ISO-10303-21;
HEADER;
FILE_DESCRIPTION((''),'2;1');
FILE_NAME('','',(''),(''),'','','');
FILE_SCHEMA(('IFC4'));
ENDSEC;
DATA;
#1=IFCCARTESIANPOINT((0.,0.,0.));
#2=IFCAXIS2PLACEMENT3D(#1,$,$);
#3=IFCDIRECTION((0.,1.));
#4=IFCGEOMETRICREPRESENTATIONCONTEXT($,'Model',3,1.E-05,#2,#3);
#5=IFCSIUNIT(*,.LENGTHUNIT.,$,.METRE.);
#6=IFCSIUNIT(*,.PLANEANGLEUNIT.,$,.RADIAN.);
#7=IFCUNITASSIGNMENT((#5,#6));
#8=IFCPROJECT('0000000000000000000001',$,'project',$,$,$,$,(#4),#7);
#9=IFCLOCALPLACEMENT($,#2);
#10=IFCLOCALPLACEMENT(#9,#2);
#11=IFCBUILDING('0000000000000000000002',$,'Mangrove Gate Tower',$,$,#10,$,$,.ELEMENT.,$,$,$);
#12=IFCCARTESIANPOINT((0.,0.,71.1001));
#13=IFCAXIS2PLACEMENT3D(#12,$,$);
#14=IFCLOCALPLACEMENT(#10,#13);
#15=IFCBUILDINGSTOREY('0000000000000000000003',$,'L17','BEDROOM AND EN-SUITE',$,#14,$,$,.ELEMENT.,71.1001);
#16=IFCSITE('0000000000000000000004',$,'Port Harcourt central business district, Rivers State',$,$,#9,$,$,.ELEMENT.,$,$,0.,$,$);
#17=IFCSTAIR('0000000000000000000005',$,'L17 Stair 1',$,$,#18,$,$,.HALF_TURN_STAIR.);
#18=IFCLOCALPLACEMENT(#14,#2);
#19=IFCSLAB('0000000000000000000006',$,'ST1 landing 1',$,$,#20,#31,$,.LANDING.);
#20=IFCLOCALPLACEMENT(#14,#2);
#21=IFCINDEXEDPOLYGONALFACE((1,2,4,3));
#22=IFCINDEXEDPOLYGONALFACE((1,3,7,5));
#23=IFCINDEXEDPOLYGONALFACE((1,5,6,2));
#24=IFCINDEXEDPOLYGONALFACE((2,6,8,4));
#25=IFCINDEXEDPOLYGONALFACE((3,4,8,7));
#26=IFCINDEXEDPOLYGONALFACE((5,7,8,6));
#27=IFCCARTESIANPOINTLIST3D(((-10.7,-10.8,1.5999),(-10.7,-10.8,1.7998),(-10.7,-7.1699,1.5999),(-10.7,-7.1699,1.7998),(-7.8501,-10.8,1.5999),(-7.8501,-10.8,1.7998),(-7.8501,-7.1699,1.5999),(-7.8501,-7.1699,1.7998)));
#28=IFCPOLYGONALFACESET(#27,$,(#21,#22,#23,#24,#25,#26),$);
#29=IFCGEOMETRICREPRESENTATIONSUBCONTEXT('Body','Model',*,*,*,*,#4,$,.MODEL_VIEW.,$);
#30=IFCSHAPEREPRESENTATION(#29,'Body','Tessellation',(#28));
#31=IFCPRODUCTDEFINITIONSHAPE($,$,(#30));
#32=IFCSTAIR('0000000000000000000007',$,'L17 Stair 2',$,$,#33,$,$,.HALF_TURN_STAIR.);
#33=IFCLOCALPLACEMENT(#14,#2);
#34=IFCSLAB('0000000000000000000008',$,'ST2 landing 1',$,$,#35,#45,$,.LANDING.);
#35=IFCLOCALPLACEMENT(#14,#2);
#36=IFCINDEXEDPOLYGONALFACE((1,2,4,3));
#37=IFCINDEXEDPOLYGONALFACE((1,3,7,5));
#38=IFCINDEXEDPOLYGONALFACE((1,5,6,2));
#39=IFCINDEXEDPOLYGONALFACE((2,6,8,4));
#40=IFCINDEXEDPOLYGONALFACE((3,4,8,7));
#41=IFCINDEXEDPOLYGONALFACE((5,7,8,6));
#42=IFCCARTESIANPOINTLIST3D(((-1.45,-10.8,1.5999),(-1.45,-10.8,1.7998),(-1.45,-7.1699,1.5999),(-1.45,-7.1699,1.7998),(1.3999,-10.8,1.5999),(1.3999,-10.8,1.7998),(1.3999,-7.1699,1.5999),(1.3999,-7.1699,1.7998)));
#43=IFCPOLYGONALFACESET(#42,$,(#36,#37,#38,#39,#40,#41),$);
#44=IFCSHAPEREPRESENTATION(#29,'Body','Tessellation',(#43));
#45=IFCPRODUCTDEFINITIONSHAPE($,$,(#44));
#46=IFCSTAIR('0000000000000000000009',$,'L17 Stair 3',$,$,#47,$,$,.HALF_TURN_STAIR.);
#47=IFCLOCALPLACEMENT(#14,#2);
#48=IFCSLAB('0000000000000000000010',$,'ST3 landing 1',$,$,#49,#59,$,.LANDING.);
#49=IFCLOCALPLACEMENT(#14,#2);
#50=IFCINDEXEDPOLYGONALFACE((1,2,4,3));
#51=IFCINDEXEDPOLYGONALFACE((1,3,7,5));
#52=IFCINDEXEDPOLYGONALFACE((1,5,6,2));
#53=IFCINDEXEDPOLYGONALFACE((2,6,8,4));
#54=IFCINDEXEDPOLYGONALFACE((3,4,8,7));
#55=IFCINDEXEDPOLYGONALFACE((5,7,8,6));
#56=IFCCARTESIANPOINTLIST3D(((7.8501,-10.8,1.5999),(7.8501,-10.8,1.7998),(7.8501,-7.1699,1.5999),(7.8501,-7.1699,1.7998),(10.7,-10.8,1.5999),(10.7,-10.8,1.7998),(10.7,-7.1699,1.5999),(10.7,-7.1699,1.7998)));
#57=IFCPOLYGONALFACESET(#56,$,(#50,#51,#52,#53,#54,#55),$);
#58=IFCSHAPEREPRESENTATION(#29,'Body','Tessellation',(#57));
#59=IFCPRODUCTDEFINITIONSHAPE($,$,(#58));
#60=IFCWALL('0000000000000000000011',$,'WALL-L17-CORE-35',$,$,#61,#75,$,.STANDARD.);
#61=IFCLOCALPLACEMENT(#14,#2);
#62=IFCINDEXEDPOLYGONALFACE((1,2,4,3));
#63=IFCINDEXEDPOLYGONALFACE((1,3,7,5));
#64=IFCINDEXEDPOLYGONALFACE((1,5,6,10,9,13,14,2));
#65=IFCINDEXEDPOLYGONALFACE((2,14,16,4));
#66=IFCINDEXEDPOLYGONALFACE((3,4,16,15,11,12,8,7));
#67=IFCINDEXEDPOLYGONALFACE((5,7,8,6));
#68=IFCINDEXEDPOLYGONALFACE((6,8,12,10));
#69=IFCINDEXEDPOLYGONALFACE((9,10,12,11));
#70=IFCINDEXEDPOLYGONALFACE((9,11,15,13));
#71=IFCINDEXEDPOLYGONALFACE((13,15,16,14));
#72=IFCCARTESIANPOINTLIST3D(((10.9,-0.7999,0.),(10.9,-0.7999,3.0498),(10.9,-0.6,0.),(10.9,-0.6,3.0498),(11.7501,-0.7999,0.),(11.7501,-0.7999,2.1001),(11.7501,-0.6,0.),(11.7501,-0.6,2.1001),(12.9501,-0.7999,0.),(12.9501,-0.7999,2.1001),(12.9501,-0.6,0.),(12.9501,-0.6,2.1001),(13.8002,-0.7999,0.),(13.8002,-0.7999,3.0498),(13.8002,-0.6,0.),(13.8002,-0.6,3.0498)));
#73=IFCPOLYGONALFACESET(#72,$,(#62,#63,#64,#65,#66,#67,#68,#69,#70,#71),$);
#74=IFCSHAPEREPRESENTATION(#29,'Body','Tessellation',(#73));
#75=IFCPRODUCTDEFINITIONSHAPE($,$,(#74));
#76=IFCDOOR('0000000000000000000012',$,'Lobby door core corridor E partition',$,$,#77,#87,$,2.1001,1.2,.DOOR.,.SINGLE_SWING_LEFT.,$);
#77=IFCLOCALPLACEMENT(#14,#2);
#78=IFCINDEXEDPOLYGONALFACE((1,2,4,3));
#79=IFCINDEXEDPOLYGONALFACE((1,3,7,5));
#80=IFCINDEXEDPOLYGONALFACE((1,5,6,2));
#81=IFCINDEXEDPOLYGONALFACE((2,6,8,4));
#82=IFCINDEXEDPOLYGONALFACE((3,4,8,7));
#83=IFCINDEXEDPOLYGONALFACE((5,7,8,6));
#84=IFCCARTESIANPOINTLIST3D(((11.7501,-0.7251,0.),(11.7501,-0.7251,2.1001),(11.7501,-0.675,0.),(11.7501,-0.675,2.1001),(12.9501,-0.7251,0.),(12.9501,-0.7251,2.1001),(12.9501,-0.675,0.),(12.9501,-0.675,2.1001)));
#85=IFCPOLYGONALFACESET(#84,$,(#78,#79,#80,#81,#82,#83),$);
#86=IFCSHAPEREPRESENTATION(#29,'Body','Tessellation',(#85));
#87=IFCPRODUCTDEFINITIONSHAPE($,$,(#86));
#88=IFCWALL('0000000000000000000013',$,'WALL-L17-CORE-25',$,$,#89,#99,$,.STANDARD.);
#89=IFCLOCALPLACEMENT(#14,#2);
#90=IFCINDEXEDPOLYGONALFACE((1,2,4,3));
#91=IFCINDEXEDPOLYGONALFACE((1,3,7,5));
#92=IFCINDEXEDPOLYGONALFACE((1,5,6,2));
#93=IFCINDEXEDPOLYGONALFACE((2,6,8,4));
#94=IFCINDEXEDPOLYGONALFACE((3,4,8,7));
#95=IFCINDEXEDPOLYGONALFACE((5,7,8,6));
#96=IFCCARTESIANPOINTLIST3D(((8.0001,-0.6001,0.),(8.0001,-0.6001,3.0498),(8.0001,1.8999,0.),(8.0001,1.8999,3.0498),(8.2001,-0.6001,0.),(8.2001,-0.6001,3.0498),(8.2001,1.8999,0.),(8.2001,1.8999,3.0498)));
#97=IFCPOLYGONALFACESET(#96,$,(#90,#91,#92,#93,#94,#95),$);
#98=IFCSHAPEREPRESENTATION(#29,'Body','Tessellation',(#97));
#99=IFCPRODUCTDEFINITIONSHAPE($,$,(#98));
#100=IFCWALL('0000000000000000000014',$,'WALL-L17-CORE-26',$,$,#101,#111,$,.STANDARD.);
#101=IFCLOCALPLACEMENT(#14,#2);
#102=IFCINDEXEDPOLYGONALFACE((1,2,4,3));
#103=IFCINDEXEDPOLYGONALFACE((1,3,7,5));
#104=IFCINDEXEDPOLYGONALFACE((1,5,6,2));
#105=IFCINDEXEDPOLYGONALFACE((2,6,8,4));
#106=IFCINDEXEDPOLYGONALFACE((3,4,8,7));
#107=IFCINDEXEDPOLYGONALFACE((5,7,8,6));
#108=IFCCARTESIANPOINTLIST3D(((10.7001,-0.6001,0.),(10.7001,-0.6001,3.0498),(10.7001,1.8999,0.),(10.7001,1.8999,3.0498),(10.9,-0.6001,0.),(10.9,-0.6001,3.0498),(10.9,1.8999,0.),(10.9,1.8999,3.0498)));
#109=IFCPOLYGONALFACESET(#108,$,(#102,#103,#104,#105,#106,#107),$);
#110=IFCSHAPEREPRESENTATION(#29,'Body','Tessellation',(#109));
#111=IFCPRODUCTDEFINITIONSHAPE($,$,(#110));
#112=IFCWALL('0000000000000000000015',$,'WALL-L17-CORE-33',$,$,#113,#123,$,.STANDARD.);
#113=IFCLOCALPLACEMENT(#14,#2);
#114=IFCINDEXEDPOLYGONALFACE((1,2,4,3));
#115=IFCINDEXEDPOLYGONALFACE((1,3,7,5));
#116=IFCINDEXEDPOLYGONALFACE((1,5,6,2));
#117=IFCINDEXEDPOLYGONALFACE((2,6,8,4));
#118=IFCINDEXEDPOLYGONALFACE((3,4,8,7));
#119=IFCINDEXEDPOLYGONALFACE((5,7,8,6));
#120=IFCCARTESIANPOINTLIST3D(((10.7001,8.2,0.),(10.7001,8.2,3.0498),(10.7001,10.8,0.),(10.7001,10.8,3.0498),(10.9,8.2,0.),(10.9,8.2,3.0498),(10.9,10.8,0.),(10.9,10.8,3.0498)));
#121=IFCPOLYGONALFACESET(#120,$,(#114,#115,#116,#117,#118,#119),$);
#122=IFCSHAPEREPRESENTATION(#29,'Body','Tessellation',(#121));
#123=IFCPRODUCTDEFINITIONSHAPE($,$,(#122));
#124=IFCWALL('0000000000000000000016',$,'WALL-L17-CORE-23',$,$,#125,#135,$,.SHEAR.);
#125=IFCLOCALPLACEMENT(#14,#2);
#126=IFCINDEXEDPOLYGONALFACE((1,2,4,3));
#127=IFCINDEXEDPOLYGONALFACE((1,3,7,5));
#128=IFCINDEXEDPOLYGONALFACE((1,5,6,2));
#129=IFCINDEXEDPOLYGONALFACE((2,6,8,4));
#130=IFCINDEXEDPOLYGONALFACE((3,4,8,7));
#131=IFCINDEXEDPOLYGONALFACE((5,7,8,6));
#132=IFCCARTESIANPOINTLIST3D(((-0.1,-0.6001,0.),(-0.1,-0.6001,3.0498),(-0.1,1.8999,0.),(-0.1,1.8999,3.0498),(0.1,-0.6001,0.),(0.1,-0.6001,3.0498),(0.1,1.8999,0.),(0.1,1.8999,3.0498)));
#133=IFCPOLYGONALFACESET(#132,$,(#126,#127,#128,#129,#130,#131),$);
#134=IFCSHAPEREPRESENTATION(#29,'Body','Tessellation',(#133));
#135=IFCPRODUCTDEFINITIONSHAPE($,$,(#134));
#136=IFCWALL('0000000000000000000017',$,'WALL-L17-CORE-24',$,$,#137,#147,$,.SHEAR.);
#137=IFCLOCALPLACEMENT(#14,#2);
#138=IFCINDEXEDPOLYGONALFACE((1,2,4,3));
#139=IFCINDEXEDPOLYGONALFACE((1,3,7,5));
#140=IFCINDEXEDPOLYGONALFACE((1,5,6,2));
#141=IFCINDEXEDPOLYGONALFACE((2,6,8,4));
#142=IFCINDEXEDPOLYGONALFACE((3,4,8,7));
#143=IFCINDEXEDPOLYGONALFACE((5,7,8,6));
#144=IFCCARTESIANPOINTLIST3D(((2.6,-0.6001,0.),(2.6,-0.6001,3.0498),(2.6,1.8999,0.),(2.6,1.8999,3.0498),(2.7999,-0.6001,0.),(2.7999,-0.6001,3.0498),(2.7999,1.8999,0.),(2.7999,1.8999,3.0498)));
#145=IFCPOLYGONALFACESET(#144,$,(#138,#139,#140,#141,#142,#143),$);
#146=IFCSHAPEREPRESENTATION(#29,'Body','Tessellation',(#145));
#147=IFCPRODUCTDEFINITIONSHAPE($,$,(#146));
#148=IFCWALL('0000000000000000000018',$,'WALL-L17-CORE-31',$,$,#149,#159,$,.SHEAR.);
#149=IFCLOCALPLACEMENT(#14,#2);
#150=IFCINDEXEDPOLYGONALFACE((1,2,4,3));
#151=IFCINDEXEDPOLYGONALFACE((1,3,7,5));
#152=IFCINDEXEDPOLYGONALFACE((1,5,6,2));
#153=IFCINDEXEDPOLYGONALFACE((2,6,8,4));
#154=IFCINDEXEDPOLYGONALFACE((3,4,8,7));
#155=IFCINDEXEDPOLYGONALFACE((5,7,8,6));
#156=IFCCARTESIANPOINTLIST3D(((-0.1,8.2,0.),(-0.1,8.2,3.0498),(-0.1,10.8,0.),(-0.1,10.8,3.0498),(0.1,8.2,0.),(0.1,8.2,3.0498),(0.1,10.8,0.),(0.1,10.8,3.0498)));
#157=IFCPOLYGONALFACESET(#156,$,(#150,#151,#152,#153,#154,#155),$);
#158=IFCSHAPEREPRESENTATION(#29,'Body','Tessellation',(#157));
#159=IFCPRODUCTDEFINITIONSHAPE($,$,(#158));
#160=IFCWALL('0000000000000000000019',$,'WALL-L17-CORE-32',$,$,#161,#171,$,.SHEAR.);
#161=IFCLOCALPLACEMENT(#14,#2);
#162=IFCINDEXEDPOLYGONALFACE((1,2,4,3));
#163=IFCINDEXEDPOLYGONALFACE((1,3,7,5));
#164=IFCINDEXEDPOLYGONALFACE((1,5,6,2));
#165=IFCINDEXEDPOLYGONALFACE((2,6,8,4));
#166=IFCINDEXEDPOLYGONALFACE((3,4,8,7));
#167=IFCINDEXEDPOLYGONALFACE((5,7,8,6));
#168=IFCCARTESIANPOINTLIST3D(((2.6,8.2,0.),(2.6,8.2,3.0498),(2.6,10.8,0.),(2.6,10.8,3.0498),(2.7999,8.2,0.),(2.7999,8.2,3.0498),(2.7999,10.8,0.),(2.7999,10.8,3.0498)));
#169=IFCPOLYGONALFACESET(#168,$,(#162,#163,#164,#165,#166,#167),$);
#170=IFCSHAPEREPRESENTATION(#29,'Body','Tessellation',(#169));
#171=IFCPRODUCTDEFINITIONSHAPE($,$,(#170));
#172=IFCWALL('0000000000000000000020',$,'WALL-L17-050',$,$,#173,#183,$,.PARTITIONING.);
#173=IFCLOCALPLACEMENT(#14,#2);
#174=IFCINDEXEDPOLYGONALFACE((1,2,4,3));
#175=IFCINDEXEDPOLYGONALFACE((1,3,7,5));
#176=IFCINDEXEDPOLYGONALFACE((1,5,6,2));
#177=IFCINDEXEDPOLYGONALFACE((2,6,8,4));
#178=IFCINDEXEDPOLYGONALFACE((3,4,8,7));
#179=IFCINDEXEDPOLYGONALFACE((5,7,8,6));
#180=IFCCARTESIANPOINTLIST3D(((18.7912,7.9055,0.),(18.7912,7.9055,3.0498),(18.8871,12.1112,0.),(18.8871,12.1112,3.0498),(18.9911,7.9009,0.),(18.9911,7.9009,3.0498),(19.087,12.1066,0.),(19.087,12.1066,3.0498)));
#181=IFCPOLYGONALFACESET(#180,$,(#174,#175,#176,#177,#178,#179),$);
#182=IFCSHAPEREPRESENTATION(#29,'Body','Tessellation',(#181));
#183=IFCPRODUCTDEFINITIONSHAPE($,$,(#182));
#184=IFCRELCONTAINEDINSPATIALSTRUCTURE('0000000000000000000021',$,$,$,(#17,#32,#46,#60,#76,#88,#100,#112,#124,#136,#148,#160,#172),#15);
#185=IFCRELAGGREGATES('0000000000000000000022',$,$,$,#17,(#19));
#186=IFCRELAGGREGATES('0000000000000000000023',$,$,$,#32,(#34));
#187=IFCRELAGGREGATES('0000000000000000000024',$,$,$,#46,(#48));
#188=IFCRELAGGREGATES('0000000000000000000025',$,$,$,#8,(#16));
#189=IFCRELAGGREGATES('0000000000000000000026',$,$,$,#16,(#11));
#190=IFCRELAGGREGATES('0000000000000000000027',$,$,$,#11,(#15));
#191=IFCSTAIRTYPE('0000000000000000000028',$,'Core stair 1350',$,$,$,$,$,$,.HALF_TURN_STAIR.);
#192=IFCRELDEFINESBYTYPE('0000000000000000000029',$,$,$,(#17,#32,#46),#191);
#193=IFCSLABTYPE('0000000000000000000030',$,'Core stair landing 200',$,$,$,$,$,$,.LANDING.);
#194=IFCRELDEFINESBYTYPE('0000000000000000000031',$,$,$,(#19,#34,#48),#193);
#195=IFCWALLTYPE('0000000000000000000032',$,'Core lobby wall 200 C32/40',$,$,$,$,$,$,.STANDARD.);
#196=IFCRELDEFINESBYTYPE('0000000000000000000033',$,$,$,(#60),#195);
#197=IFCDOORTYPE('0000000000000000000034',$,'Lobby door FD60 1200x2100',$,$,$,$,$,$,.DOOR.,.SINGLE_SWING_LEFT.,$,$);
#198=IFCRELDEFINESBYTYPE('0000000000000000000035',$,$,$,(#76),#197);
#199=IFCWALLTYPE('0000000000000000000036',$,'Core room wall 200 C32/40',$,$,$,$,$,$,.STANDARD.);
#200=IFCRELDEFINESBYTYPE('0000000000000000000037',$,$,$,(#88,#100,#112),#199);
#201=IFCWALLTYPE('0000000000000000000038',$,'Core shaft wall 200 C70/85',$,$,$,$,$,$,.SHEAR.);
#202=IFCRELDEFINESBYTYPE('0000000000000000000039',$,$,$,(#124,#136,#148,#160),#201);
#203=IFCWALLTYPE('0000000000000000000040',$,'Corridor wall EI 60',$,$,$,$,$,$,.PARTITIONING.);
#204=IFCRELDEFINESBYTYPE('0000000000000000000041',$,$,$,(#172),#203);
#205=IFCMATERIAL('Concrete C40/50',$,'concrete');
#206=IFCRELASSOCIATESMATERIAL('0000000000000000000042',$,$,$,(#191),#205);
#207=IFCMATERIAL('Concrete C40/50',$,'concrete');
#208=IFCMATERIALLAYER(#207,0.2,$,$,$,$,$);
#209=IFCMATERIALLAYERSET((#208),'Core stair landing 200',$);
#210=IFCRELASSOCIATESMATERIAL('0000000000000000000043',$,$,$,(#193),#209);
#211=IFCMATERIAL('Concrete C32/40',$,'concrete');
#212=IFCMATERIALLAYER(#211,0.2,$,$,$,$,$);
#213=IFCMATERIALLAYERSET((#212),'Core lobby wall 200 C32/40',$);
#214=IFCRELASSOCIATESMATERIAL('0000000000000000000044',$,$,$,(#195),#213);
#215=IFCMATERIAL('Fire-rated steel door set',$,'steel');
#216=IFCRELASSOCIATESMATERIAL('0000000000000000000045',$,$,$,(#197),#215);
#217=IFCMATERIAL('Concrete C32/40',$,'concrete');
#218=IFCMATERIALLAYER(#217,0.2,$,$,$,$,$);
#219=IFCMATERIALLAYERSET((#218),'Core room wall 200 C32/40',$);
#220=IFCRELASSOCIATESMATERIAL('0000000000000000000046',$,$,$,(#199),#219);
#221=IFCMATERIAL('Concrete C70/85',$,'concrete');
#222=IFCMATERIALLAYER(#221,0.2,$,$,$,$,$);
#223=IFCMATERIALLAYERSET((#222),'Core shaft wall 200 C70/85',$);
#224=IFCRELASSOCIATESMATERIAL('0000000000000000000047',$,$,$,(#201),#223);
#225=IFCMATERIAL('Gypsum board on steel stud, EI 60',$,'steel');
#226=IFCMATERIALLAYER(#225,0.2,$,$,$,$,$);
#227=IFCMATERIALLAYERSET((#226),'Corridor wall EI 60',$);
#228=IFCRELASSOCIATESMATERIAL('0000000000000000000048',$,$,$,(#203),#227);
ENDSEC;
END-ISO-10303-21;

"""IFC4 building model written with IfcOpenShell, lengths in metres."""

from ifc_helpers import new_model, si_unit, direction, frame, frame_2d, origin, place, context, subcontext, project, spatial, polyline, rectangle, outline, extrude, material, layer, layer_set, type_object, element, fill, aggregate, save


model = new_model("IFC4")

# Units and contexts
model_context = context("Model", 3, precision=1e-05, world=origin(), true_north=direction((0.0, 1.0)))
body_context = subcontext(model_context, "Body", "Model", "MODEL_VIEW")
ifc_project = project(units=[si_unit("LENGTHUNIT", "METRE"), si_unit("PLANEANGLEUNIT", "RADIAN")], contexts=[model_context])

# Site, building, storey
site_placement = place(None, origin())
site = spatial("IfcSite", under=ifc_project, at=site_placement, Name="Port Harcourt central business district, Rivers State", CompositionType="ELEMENT", RefElevation=0.0)
building_placement = place(site_placement, origin())
building = spatial("IfcBuilding", under=site, at=building_placement, Name="Mangrove Gate Tower", CompositionType="ELEMENT")
storey_placement = place(building_placement, frame((0.0, 0.0, 71.1001)))
storey = spatial("IfcBuildingStorey", under=building, at=storey_placement, Name="L17", Description="BEDROOM AND EN-SUITE", CompositionType="ELEMENT", Elevation=71.1001)

# Stairs, slabs
ifc_material_1 = material(Name="Concrete C40/50", Category="concrete")
stair_type = type_object("IfcStairType", Name="Core stair 1350", PredefinedType="HALF_TURN_STAIR", material=ifc_material_1)
stair_1_placement = place(storey_placement, origin())
stair_1 = element("IfcStair", 1, at=stair_1_placement, inside=storey, type_object=stair_type, Name="L17 Stair 1", PredefinedType="HALF_TURN_STAIR")
ifc_material_2 = material(Name="Concrete C40/50", Category="concrete")
ifc_layer_1 = layer(ifc_material_2, 0.2)
ifc_layer_set_1 = layer_set([ifc_layer_1], Name="Core stair landing 200")
slab_type_1 = type_object("IfcSlabType", Name="Core stair landing 200", PredefinedType="LANDING", material=ifc_layer_set_1)
slab_1_placement = place(storey_placement, frame((0.0, 0.0, 1.5999)))
slab_1 = element("IfcSlab", 2, at=slab_1_placement, type_object=slab_type_1, Name="ST1 landing 1", PredefinedType="LANDING", context=body_context, shape_type="SweptSolid", body=[
    extrude(outline(polyline([(-10.7, -7.1699), (-10.7, -10.8), (-7.8501, -10.8), (-7.8501, -7.1699), (-10.7, -7.1699)])), origin(), (0.0, 0.0, 1.0), 0.2),
])
aggregate(stair_1, [slab_1])
stair_2_placement = place(storey_placement, origin())
stair_2 = element("IfcStair", 3, at=stair_2_placement, inside=storey, type_object=stair_type, Name="L17 Stair 2", PredefinedType="HALF_TURN_STAIR")
slab_2_placement = place(storey_placement, frame((0.0, 0.0, 1.5999)))
slab_2 = element("IfcSlab", 4, at=slab_2_placement, type_object=slab_type_1, Name="ST2 landing 1", PredefinedType="LANDING", context=body_context, shape_type="SweptSolid", body=[
    extrude(outline(polyline([(-1.45, -7.1699), (-1.45, -10.8), (1.3999, -10.8), (1.3999, -7.1699), (-1.45, -7.1699)])), origin(), (0.0, 0.0, 1.0), 0.2),
])
aggregate(stair_2, [slab_2])
stair_3_placement = place(storey_placement, origin())
stair_3 = element("IfcStair", 5, at=stair_3_placement, inside=storey, type_object=stair_type, Name="L17 Stair 3", PredefinedType="HALF_TURN_STAIR")
slab_3_placement = place(storey_placement, frame((0.0, 0.0, 1.5999)))
slab_3 = element("IfcSlab", 6, at=slab_3_placement, type_object=slab_type_1, Name="ST3 landing 1", PredefinedType="LANDING", context=body_context, shape_type="SweptSolid", body=[
    extrude(outline(polyline([(7.8501, -7.1699), (7.8501, -10.8), (10.7, -10.8), (10.7, -7.1699), (7.8501, -7.1699)])), origin(), (0.0, 0.0, 1.0), 0.2),
])
aggregate(stair_3, [slab_3])

# Wall, opening, door
ifc_material_3 = material(Name="Concrete C32/40", Category="concrete")
ifc_layer_2 = layer(ifc_material_3, 0.2)
ifc_layer_set_2 = layer_set([ifc_layer_2], Name="Core lobby wall 200 C32/40")
wall_type_1 = type_object("IfcWallType", Name="Core lobby wall 200 C32/40", PredefinedType="STANDARD", material=ifc_layer_set_2)
wall_1_placement = place(storey_placement, frame((10.8999, -0.7, 0.0), z_axis=(0.0, 0.0, 1.0), x_axis=(1.0, 0.0, 0.0)))
wall_1 = element("IfcWall", 7, at=wall_1_placement, inside=storey, type_object=wall_type_1, Name="WALL-L17-CORE-35", PredefinedType="STANDARD", context=body_context, shape_type="SweptSolid", body=[
    extrude(rectangle(XDim=2.9001, YDim=0.2, at=frame_2d((1.4502, 0.0))), origin(), (0.0, 0.0, 1.0), 3.0498),
])
opening_1_placement = place(wall_1_placement, frame((0.8501, 0.0, 0.0)))
opening_1 = element("IfcOpeningElement", 8, at=opening_1_placement, cuts=wall_1, PredefinedType="OPENING", context=body_context, shape_type="SweptSolid", body=[
    extrude(rectangle(XDim=1.2, YDim=2.1001, at=frame_2d((0.6001, 1.05))), frame((0.0, 0.1099, 0.0), z_axis=(0.0, -1.0, 0.0), x_axis=(1.0, 0.0, 0.0)), (0.0, 0.0, 1.0), 0.22),
])
ifc_material_4 = material(Name="Fire-rated steel door set", Category="steel")
door_type_1 = type_object("IfcDoorType", Name="Lobby door FD60 1200x2100", OperationType="SINGLE_SWING_LEFT", PredefinedType="DOOR", material=ifc_material_4)
door_1_placement = place(opening_1_placement, origin())
door_1 = element("IfcDoor", 9, at=door_1_placement, inside=storey, type_object=door_type_1, Name="Lobby door core corridor E partition", OperationType="SINGLE_SWING_LEFT", OverallHeight=2.1001, OverallWidth=1.2, PredefinedType="DOOR", context=body_context, shape_type="SweptSolid", body=[
    extrude(rectangle(XDim=1.2, YDim=2.1001, at=frame_2d((0.6001, 1.05))), frame((0.0, 0.0249, 0.0), z_axis=(0.0, -1.0, 0.0), x_axis=(1.0, 0.0, 0.0)), (0.0, 0.0, 1.0), 0.05),
])
fill(opening_1, door_1)

# Walls
ifc_material_5 = material(Name="Concrete C32/40", Category="concrete")
ifc_layer_3 = layer(ifc_material_5, 0.2)
ifc_layer_set_3 = layer_set([ifc_layer_3], Name="Core room wall 200 C32/40")
wall_type_2 = type_object("IfcWallType", Name="Core room wall 200 C32/40", PredefinedType="STANDARD", material=ifc_layer_set_3)
for number, where, z_axis, x_axis, name in (
    (10, (8.1001, -0.6001, 0.0), (0.0, 0.0, 1.0), (0.0, 1.0, 0.0), "WALL-L17-CORE-25"),
    (11, (10.8, -0.6001, 0.0), (0.0, 0.0, 1.0), (0.0, 1.0, 0.0), "WALL-L17-CORE-26"),
):
    element("IfcWall", number, at=place(storey_placement, frame(where, z_axis=z_axis, x_axis=x_axis)), inside=storey, type_object=wall_type_2, Name=name, PredefinedType="STANDARD", context=body_context, shape_type="SweptSolid", body=[
        extrude(rectangle(XDim=2.5, YDim=0.2, at=frame_2d((1.25, 0.0))), origin(), (0.0, 0.0, 1.0), 3.0498),
    ])
wall_2_placement = place(storey_placement, frame((10.8, 8.2, 0.0), z_axis=(0.0, 0.0, 1.0), x_axis=(0.0, 1.0, 0.0)))
element("IfcWall", 12, at=wall_2_placement, inside=storey, type_object=wall_type_2, Name="WALL-L17-CORE-33", PredefinedType="STANDARD", context=body_context, shape_type="SweptSolid", body=[
    extrude(rectangle(XDim=2.6001, YDim=0.2, at=frame_2d((1.3, 0.0))), origin(), (0.0, 0.0, 1.0), 3.0498),
])
ifc_material_6 = material(Name="Concrete C70/85", Category="concrete")
ifc_layer_4 = layer(ifc_material_6, 0.2)
ifc_layer_set_4 = layer_set([ifc_layer_4], Name="Core shaft wall 200 C70/85")
wall_type_3 = type_object("IfcWallType", Name="Core shaft wall 200 C70/85", PredefinedType="SHEAR", material=ifc_layer_set_4)
for number, where, z_axis, x_axis, name in (
    (13, (0.0, -0.6001, 0.0), (0.0, 0.0, 1.0), (0.0, 1.0, 0.0), "WALL-L17-CORE-23"),
    (14, (2.7, -0.6001, 0.0), (0.0, 0.0, 1.0), (0.0, 1.0, 0.0), "WALL-L17-CORE-24"),
):
    element("IfcWall", number, at=place(storey_placement, frame(where, z_axis=z_axis, x_axis=x_axis)), inside=storey, type_object=wall_type_3, Name=name, PredefinedType="SHEAR", context=body_context, shape_type="SweptSolid", body=[
        extrude(rectangle(XDim=2.5, YDim=0.2, at=frame_2d((1.25, 0.0))), origin(), (0.0, 0.0, 1.0), 3.0498),
    ])
for number, where, z_axis, x_axis, name in (
    (15, (0.0, 8.2, 0.0), (0.0, 0.0, 1.0), (0.0, 1.0, 0.0), "WALL-L17-CORE-31"),
    (16, (2.7, 8.2, 0.0), (0.0, 0.0, 1.0), (0.0, 1.0, 0.0), "WALL-L17-CORE-32"),
):
    element("IfcWall", number, at=place(storey_placement, frame(where, z_axis=z_axis, x_axis=x_axis)), inside=storey, type_object=wall_type_3, Name=name, PredefinedType="SHEAR", context=body_context, shape_type="SweptSolid", body=[
        extrude(rectangle(XDim=2.6001, YDim=0.2, at=frame_2d((1.3, 0.0))), origin(), (0.0, 0.0, 1.0), 3.0498),
    ])
ifc_material_7 = material(Name="Gypsum board on steel stud, EI 60", Category="steel")
ifc_layer_5 = layer(ifc_material_7, 0.2)
ifc_layer_set_5 = layer_set([ifc_layer_5], Name="Corridor wall EI 60")
wall_type_4 = type_object("IfcWallType", Name="Corridor wall EI 60", PredefinedType="PARTITIONING", material=ifc_layer_set_5)
wall_3_placement = place(storey_placement, frame((18.8911, 7.9031, 0.0), z_axis=(0.0, 0.0, 1.0), x_axis=(0.022807, 0.99974, 0.0)))
element("IfcWall", 17, at=wall_3_placement, inside=storey, type_object=wall_type_4, Name="WALL-L17-050", PredefinedType="PARTITIONING", context=body_context, shape_type="SweptSolid", body=[
    extrude(rectangle(XDim=4.2068, YDim=0.2, at=frame_2d((2.1035, 0.0))), origin(), (0.0, 0.0, 1.0), 3.0498),
])

save(model, "model.ifc")
